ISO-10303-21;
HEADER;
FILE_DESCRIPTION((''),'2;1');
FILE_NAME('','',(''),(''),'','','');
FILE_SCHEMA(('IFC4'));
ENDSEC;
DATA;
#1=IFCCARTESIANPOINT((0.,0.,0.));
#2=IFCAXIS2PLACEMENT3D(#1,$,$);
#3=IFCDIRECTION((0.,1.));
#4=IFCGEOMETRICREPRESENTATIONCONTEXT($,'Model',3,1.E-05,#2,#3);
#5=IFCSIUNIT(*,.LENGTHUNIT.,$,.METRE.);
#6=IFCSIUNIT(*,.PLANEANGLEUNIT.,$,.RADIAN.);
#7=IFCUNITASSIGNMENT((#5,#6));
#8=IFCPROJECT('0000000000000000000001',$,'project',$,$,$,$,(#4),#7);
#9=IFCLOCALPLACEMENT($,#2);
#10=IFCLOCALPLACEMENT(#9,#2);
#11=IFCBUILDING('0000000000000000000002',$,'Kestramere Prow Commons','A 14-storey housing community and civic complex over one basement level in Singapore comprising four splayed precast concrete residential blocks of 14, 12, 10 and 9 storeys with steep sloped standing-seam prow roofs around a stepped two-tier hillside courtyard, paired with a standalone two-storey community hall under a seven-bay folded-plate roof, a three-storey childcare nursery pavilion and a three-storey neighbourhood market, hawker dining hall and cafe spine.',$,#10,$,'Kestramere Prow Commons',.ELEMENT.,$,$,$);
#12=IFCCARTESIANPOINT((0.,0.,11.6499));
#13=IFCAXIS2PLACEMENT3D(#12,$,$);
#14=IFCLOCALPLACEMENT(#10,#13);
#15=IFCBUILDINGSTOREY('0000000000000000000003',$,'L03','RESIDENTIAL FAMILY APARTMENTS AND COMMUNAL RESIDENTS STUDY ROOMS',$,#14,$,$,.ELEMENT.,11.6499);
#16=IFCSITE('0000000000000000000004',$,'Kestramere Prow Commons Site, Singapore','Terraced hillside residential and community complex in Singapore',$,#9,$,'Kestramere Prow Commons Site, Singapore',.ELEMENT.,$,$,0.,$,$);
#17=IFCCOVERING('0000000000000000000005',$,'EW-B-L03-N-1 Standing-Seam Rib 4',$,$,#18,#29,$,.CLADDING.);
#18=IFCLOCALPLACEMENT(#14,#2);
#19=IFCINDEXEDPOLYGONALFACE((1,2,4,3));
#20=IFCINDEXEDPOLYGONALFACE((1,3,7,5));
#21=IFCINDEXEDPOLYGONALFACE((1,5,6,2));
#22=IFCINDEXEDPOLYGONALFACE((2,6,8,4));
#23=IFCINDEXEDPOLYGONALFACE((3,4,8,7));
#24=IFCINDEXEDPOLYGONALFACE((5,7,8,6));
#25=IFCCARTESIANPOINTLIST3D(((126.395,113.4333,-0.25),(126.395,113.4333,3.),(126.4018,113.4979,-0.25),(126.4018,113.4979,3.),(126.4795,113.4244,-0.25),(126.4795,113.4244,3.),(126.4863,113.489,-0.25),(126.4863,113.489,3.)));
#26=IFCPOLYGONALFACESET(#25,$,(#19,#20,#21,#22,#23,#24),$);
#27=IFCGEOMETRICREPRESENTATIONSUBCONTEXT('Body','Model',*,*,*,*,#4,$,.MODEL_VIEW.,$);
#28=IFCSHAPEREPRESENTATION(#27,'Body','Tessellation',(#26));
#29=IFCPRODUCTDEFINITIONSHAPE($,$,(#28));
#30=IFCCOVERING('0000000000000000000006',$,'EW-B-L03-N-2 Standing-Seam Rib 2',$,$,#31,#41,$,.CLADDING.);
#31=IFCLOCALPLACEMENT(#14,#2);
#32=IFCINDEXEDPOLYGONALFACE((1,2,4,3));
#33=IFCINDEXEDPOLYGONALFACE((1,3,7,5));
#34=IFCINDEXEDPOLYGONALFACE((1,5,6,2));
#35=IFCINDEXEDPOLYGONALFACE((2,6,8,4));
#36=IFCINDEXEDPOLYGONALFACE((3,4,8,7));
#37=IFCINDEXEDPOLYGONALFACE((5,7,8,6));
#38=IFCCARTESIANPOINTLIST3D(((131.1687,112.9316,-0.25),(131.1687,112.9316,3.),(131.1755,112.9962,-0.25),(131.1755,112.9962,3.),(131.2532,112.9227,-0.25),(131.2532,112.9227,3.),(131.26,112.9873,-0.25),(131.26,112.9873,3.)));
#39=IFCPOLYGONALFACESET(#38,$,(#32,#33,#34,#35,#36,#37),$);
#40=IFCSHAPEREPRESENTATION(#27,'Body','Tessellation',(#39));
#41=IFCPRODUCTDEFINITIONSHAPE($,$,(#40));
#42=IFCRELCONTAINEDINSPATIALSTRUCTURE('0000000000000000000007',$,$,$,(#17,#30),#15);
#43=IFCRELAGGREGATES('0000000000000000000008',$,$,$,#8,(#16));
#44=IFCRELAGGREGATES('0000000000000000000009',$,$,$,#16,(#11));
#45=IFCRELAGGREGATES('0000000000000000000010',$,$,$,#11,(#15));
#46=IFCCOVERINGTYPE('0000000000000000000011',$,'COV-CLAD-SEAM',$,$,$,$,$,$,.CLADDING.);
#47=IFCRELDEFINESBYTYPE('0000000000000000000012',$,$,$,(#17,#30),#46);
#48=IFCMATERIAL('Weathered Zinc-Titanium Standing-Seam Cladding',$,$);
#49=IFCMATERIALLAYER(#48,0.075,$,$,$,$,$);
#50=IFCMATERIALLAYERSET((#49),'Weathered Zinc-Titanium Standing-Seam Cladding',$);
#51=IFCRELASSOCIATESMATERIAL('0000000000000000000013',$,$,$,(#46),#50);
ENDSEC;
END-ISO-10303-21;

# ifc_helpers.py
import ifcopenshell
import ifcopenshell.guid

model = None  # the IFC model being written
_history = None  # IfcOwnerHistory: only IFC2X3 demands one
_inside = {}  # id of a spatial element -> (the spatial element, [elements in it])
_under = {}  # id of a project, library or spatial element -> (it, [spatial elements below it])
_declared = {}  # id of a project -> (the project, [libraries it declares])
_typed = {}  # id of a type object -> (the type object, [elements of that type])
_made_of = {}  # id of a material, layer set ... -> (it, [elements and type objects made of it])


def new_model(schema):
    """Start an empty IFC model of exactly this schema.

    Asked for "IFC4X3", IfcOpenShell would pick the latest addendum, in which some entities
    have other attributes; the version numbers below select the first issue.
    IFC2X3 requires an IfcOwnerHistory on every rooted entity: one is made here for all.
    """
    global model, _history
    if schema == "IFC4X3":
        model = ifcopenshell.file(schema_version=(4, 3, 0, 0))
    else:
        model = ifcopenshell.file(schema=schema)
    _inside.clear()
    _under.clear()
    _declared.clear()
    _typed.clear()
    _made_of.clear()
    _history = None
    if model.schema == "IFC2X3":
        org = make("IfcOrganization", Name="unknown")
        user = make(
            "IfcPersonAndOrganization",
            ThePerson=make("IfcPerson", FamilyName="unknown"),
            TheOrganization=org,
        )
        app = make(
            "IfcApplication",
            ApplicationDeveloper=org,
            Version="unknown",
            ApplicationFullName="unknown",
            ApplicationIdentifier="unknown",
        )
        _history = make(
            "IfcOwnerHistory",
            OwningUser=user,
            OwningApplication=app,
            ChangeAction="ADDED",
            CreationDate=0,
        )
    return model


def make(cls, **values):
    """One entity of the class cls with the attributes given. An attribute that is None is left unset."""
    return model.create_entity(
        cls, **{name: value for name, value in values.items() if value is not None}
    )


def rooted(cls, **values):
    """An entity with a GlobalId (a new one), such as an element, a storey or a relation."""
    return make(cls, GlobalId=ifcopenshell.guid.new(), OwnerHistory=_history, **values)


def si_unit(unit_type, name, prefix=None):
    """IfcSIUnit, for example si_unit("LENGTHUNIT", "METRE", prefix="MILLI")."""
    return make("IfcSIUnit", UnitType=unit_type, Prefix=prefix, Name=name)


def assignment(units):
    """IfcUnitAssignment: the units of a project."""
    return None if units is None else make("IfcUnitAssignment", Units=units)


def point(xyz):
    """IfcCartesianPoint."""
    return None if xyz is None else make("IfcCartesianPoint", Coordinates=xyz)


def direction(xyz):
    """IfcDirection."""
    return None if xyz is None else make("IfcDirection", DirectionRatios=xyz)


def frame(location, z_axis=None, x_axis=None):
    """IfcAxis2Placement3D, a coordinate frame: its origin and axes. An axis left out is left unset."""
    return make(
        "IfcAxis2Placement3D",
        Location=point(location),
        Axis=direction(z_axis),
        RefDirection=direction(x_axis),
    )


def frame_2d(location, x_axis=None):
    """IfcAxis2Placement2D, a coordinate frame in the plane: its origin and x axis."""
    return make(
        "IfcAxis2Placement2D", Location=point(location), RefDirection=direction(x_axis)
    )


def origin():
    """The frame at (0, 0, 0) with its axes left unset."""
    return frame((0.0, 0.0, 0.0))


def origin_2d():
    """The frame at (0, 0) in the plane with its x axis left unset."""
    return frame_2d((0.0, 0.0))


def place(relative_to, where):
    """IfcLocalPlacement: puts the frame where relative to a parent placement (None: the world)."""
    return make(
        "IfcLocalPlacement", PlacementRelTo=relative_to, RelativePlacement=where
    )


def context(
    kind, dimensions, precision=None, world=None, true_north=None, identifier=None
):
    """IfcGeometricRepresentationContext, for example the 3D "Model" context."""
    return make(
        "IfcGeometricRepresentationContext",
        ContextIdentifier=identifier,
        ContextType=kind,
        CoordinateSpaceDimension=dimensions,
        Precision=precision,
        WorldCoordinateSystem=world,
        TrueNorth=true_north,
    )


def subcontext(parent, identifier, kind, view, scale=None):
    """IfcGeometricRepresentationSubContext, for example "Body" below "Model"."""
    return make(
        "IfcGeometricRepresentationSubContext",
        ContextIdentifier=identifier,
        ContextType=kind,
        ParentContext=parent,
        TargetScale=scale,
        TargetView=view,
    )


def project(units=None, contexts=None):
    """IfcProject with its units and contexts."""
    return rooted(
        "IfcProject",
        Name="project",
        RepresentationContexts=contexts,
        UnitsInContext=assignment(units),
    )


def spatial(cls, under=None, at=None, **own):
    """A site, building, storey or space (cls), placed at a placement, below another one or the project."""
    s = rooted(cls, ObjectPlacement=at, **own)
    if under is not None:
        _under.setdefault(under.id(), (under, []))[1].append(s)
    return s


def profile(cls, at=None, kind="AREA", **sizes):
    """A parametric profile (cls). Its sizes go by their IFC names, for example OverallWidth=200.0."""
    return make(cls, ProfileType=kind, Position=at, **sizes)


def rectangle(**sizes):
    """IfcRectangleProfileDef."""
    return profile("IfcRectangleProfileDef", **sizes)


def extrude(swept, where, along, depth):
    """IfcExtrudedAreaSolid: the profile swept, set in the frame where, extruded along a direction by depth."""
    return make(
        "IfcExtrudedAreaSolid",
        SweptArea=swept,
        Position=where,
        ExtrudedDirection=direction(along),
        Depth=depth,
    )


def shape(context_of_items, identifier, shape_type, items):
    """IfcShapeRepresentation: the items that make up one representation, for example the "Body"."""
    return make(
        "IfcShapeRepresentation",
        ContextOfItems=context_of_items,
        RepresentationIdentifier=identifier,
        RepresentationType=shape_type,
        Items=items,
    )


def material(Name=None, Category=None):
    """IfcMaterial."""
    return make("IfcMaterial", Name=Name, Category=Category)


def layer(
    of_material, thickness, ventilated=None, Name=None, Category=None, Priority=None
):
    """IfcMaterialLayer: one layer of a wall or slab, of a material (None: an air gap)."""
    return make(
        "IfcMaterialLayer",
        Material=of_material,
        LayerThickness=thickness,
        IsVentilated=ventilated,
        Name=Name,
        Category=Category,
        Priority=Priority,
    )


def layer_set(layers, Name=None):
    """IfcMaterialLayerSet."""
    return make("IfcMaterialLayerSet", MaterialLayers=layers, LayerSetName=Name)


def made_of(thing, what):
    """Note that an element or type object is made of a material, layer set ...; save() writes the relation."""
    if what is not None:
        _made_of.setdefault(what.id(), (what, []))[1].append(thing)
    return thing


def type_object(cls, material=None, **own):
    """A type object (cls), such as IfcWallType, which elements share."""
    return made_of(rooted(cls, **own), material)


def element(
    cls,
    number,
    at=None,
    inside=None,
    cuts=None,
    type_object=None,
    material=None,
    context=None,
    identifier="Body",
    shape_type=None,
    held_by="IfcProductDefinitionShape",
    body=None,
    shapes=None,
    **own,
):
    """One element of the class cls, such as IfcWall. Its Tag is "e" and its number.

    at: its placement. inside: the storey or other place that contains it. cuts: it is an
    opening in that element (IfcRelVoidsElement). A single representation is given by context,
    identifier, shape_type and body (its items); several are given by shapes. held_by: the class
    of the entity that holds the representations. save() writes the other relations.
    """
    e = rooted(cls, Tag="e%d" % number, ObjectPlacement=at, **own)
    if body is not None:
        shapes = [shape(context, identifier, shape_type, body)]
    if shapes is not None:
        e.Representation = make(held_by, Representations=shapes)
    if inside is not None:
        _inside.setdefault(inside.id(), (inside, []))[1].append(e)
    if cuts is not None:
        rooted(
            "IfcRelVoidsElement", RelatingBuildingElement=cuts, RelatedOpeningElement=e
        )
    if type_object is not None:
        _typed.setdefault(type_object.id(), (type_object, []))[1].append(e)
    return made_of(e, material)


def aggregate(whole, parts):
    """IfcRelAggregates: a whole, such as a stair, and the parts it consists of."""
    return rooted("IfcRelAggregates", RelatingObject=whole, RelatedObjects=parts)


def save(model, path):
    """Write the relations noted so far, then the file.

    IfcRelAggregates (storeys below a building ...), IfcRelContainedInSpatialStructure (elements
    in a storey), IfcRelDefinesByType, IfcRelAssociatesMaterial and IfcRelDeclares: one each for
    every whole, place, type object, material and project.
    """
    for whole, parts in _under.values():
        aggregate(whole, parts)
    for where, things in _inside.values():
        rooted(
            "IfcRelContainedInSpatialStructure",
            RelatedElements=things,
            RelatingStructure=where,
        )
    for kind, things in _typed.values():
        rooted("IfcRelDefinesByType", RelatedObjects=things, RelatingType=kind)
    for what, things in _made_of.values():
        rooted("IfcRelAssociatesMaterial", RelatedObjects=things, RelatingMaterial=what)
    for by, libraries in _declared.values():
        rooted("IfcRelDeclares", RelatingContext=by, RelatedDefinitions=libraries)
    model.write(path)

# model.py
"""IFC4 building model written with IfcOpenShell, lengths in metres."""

from ifc_helpers import new_model, si_unit, direction, frame, origin, origin_2d, place, context, subcontext, project, spatial, rectangle, extrude, material, layer, layer_set, type_object, element, save


model = new_model("IFC4")

# Units and contexts
model_context = context("Model", 3, precision=1e-05, world=origin(), true_north=direction((0.0, 1.0)))
body_context = subcontext(model_context, "Body", "Model", "MODEL_VIEW")
ifc_project = project(units=[si_unit("LENGTHUNIT", "METRE"), si_unit("PLANEANGLEUNIT", "RADIAN")], contexts=[model_context])

# Site, building, storey
site_placement = place(None, origin())
site = spatial("IfcSite", under=ifc_project, at=site_placement, Name="Kestramere Prow Commons Site, Singapore", Description="Terraced hillside residential and community complex in Singapore", LongName="Kestramere Prow Commons Site, Singapore", CompositionType="ELEMENT", RefElevation=0.0)
building_placement = place(site_placement, origin())
building = spatial("IfcBuilding", under=site, at=building_placement, Name="Kestramere Prow Commons", Description="A 14-storey housing community and civic complex over one basement level in Singapore comprising four splayed precast concrete residential blocks of 14, 12, 10 and 9 storeys with steep sloped standing-seam prow roofs around a stepped two-tier hillside courtyard, paired with a standalone two-storey community hall under a seven-bay folded-plate roof, a three-storey childcare nursery pavilion and a three-storey neighbourhood market, hawker dining hall and cafe spine.", LongName="Kestramere Prow Commons", CompositionType="ELEMENT")
storey_placement = place(building_placement, frame((0.0, 0.0, 11.6499)))
storey = spatial("IfcBuildingStorey", under=building, at=storey_placement, Name="L03", Description="RESIDENTIAL FAMILY APARTMENTS AND COMMUNAL RESIDENTS STUDY ROOMS", CompositionType="ELEMENT", Elevation=11.6499)

# Coverings
ifc_material_1 = material(Name="Weathered Zinc-Titanium Standing-Seam Cladding")
ifc_layer_1 = layer(ifc_material_1, 0.075)
ifc_layer_set_1 = layer_set([ifc_layer_1], Name="Weathered Zinc-Titanium Standing-Seam Cladding")
covering_type = type_object("IfcCoveringType", Name="COV-CLAD-SEAM", PredefinedType="CLADDING", material=ifc_layer_set_1)
for number, where, z_axis, x_axis, name in (
    (1, (126.4407, 113.4612, -0.25), (0.0, 0.0, 1.0), (0.994522, -0.104528, 0.0), "EW-B-L03-N-1 Standing-Seam Rib 4"),
    (2, (131.2144, 112.9595, -0.25), (0.0, 0.0, 1.0), (0.994522, -0.104528, 0.0), "EW-B-L03-N-2 Standing-Seam Rib 2"),
):
    element("IfcCovering", number, at=place(storey_placement, frame(where, z_axis=z_axis, x_axis=x_axis)), inside=storey, type_object=covering_type, Name=name, PredefinedType="CLADDING", context=body_context, shape_type="SweptSolid", body=[
        extrude(rectangle(XDim=0.085, YDim=0.0649, at=origin_2d()), origin(), (0.0, 0.0, 1.0), 3.25),
    ])

save(model, "model.ifc")
